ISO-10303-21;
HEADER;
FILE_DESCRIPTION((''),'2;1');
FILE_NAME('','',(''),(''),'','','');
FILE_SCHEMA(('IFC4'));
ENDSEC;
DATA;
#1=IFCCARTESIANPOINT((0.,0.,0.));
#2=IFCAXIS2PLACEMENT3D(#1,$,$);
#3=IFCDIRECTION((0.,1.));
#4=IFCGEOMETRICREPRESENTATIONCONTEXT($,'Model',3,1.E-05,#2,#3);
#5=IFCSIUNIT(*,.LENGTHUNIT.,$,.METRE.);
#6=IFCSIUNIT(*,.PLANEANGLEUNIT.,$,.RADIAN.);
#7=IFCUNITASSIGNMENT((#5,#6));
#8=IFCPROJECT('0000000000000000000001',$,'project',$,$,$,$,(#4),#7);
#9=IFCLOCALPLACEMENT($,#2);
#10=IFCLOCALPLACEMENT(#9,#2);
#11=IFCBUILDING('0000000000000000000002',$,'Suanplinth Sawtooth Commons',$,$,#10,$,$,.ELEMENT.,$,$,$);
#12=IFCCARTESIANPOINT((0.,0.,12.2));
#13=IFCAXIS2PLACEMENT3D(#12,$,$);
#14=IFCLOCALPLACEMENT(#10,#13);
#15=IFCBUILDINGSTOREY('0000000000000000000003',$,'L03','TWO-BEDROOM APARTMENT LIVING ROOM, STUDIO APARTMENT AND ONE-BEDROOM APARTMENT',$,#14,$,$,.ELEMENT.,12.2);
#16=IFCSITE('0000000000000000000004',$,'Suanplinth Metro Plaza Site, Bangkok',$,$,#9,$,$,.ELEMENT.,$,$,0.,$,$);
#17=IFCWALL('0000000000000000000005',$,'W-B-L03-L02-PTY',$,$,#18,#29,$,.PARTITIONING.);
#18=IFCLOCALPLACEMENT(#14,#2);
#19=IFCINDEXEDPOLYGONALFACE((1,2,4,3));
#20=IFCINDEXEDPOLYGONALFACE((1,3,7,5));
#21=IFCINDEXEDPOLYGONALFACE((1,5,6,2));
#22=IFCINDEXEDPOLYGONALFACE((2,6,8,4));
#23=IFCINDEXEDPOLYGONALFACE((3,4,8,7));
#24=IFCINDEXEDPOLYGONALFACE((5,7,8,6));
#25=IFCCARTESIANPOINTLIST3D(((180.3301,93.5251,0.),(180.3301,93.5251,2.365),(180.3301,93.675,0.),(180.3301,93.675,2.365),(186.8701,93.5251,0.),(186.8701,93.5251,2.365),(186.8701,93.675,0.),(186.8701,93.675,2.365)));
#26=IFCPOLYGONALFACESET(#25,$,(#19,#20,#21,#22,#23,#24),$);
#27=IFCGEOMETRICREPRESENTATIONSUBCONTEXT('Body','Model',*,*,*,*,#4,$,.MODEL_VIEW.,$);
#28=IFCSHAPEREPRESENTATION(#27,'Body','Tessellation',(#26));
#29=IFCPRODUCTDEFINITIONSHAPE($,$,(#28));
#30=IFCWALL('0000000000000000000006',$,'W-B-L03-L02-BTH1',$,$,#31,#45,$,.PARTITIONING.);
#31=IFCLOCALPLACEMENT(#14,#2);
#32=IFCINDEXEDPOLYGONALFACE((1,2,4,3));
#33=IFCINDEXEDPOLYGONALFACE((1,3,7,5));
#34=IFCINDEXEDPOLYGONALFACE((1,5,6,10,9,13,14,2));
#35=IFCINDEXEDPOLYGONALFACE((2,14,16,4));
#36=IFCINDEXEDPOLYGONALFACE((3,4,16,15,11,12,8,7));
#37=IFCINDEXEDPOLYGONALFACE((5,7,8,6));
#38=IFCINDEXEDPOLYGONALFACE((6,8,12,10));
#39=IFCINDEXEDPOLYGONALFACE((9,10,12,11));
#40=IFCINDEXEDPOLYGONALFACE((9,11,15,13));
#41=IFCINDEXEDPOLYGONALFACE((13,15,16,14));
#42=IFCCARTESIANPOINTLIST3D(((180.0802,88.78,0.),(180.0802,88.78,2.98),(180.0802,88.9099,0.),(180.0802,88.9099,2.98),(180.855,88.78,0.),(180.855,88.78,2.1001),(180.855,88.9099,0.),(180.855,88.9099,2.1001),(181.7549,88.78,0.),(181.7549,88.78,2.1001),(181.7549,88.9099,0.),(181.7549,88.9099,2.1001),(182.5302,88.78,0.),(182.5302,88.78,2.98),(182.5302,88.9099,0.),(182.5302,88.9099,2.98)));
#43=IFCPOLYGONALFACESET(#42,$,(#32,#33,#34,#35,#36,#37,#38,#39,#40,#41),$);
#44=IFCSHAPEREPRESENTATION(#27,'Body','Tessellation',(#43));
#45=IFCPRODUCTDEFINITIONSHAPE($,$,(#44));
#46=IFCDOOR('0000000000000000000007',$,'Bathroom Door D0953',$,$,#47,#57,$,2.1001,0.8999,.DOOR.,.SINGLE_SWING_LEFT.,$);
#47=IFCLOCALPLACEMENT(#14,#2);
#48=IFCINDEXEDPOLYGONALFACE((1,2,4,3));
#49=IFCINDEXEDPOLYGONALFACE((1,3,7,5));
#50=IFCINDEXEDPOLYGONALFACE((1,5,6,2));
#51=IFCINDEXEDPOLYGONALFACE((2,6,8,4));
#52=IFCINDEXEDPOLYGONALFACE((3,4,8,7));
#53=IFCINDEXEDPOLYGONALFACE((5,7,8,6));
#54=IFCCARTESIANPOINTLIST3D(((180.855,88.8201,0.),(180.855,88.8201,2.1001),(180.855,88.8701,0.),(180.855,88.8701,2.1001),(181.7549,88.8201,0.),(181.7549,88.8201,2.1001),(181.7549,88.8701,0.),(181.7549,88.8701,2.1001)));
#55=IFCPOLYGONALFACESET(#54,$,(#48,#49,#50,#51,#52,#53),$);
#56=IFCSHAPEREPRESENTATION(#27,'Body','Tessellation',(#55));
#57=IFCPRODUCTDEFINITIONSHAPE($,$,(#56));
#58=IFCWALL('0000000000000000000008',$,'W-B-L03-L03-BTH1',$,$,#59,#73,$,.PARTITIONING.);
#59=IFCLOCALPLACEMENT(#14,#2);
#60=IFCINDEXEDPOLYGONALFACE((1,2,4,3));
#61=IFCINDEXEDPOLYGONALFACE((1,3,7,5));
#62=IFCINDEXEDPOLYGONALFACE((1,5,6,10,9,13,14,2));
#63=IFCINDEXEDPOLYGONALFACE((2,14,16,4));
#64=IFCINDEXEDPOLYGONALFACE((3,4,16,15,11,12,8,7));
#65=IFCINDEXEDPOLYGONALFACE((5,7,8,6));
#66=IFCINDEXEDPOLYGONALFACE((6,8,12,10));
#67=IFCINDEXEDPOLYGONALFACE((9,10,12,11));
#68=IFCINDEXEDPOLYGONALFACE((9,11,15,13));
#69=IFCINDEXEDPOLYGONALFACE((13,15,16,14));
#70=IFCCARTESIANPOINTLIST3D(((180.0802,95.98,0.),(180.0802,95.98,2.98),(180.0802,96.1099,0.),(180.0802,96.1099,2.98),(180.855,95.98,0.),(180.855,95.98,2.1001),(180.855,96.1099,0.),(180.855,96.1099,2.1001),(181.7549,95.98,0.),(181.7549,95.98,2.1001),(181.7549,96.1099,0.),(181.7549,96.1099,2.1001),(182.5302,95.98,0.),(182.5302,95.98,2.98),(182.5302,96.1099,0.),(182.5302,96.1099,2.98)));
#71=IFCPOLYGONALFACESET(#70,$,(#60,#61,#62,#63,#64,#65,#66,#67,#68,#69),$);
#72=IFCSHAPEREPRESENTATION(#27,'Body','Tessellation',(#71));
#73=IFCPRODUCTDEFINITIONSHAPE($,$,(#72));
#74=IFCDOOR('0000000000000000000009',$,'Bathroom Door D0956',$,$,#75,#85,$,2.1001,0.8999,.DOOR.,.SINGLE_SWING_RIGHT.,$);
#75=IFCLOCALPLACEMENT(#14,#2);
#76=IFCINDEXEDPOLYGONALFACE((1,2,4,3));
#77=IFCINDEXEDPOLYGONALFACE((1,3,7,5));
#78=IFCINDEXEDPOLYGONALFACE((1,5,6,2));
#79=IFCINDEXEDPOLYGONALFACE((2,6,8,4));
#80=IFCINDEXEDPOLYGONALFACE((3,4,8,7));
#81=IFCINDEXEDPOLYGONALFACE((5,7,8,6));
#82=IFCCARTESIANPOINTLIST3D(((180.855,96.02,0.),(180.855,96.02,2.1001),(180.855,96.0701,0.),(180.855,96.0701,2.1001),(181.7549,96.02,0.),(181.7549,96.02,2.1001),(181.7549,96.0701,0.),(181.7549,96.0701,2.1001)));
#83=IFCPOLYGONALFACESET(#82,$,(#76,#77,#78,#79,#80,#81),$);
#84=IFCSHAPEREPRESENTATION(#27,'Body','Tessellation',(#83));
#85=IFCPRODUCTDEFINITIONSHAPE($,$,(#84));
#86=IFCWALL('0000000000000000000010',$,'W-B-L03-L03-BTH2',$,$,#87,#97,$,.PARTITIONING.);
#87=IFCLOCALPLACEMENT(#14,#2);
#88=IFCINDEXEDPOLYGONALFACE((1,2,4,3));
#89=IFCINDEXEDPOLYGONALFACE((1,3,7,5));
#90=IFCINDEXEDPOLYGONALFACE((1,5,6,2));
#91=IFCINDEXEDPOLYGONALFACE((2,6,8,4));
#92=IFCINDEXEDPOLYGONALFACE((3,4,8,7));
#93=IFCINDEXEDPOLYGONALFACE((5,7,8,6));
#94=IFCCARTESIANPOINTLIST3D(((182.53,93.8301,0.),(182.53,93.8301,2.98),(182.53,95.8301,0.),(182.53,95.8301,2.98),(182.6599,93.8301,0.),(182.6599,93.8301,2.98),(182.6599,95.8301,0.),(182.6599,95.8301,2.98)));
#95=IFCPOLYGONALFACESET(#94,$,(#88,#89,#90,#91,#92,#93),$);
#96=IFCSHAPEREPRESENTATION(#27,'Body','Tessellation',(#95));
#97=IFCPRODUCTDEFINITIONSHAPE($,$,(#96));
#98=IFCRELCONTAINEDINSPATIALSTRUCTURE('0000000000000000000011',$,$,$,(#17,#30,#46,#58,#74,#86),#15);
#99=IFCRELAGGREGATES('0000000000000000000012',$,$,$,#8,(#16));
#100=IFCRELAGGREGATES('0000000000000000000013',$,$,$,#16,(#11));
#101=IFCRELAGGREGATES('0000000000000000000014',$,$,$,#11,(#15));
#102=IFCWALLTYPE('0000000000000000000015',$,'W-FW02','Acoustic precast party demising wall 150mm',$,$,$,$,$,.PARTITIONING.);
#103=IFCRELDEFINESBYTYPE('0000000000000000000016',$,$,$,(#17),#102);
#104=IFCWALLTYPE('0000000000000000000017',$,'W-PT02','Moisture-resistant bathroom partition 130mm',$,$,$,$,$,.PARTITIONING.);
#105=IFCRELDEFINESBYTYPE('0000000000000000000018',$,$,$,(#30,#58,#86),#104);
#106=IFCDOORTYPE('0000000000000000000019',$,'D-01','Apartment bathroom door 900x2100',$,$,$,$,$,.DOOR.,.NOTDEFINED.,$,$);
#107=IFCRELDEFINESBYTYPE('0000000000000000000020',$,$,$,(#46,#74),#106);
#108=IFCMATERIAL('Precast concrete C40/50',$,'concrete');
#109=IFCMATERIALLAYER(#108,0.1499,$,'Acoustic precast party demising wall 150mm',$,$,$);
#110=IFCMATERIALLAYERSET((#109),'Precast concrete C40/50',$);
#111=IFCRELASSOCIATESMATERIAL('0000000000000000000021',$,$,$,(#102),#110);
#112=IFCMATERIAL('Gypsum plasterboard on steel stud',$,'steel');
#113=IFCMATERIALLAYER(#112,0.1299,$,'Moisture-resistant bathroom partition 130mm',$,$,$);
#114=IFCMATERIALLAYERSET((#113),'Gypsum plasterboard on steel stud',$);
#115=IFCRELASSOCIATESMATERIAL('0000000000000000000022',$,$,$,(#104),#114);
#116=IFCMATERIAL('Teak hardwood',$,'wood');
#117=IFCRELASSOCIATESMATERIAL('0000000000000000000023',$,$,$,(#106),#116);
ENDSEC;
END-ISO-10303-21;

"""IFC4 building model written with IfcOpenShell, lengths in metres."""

from ifc_helpers import new_model, si_unit, direction, frame, frame_2d, origin, place, context, subcontext, project, spatial, rectangle, extrude, material, layer, layer_set, type_object, element, fill, save


model = new_model("IFC4")

# Units and contexts
model_context = context("Model", 3, precision=1e-05, world=origin(), true_north=direction((0.0, 1.0)))
body_context = subcontext(model_context, "Body", "Model", "MODEL_VIEW")
ifc_project = project(units=[si_unit("LENGTHUNIT", "METRE"), si_unit("PLANEANGLEUNIT", "RADIAN")], contexts=[model_context])

# Site, building, storey
site_placement = place(None, origin())
site = spatial("IfcSite", under=ifc_project, at=site_placement, Name="Suanplinth Metro Plaza Site, Bangkok", CompositionType="ELEMENT", RefElevation=0.0)
building_placement = place(site_placement, origin())
building = spatial("IfcBuilding", under=site, at=building_placement, Name="Suanplinth Sawtooth Commons", CompositionType="ELEMENT")
storey_placement = place(building_placement, frame((0.0, 0.0, 12.2)))
storey = spatial("IfcBuildingStorey", under=building, at=storey_placement, Name="L03", Description="TWO-BEDROOM APARTMENT LIVING ROOM, STUDIO APARTMENT AND ONE-BEDROOM APARTMENT", CompositionType="ELEMENT", Elevation=12.2)

# Shared definitions
ifc_material_1 = material(Name="Precast concrete C40/50", Category="concrete")

# Wall
ifc_layer_1 = layer(ifc_material_1, 0.1499, Name="Acoustic precast party demising wall 150mm")
ifc_layer_set_1 = layer_set([ifc_layer_1], Name="Precast concrete C40/50")
wall_type_1 = type_object("IfcWallType", Name="W-FW02", Description="Acoustic precast party demising wall 150mm", PredefinedType="PARTITIONING", material=ifc_layer_set_1)
wall_1_placement = place(storey_placement, frame((180.3301, 93.6001, 0.0), z_axis=(0.0, 0.0, 1.0), x_axis=(1.0, 0.0, 0.0)))
element("IfcWall", 1, at=wall_1_placement, inside=storey, type_object=wall_type_1, Name="W-B-L03-L02-PTY", PredefinedType="PARTITIONING", context=body_context, shape_type="SweptSolid", body=[
    extrude(rectangle(XDim=6.54, YDim=0.1499, at=frame_2d((3.27, 0.0))), origin(), (0.0, 0.0, 1.0), 2.365),
])

# Walls, openings, doors
ifc_material_2 = material(Name="Gypsum plasterboard on steel stud", Category="steel")
ifc_layer_2 = layer(ifc_material_2, 0.1299, Name="Moisture-resistant bathroom partition 130mm")
ifc_layer_set_2 = layer_set([ifc_layer_2], Name="Gypsum plasterboard on steel stud")
wall_type_2 = type_object("IfcWallType", Name="W-PT02", Description="Moisture-resistant bathroom partition 130mm", PredefinedType="PARTITIONING", material=ifc_layer_set_2)
wall_2_placement = place(storey_placement, frame((180.0801, 88.845, 0.0), z_axis=(0.0, 0.0, 1.0), x_axis=(1.0, 0.0, 0.0)))
wall_2 = element("IfcWall", 2, at=wall_2_placement, inside=storey, type_object=wall_type_2, Name="W-B-L03-L02-BTH1", PredefinedType="PARTITIONING", context=body_context, shape_type="SweptSolid", body=[
    extrude(rectangle(XDim=2.45, YDim=0.1299, at=frame_2d((1.2251, 0.0))), origin(), (0.0, 0.0, 1.0), 2.98),
])
opening_1_placement = place(wall_2_placement, frame((0.7749, 0.0, 0.0)))
opening_1 = element("IfcOpeningElement", 3, at=opening_1_placement, cuts=wall_2, PredefinedType="OPENING", context=body_context, shape_type="SweptSolid", body=[
    extrude(rectangle(XDim=0.8999, YDim=2.1001, at=frame_2d((0.45, 1.05))), frame((0.0, 0.0798, 0.0), z_axis=(0.0, -1.0, 0.0), x_axis=(1.0, 0.0, 0.0)), (0.0, 0.0, 1.0), 0.1597),
])
ifc_material_3 = material(Name="Teak hardwood", Category="wood")
door_type_1 = type_object("IfcDoorType", Name="D-01", Description="Apartment bathroom door 900x2100", OperationType="NOTDEFINED", PredefinedType="DOOR", material=ifc_material_3)
door_1_placement = place(opening_1_placement, frame((0.8999, 0.0, 0.0), z_axis=(0.0, 0.0, 1.0), x_axis=(-1.0, 0.0, 0.0)))
door_1 = element("IfcDoor", 4, at=door_1_placement, inside=storey, type_object=door_type_1, Name="Bathroom Door D0953", OperationType="SINGLE_SWING_LEFT", OverallHeight=2.1001, OverallWidth=0.8999, PredefinedType="DOOR", context=body_context, shape_type="SweptSolid", body=[
    extrude(rectangle(XDim=0.8999, YDim=2.1001, at=frame_2d((0.45, 1.05))), frame((0.0, 0.0249, 0.0), z_axis=(0.0, -1.0, 0.0), x_axis=(1.0, 0.0, 0.0)), (0.0, 0.0, 1.0), 0.05),
])
fill(opening_1, door_1)
wall_3_placement = place(storey_placement, frame((180.0801, 96.0449, 0.0), z_axis=(0.0, 0.0, 1.0), x_axis=(1.0, 0.0, 0.0)))
wall_3 = element("IfcWall", 5, at=wall_3_placement, inside=storey, type_object=wall_type_2, Name="W-B-L03-L03-BTH1", PredefinedType="PARTITIONING", context=body_context, shape_type="SweptSolid", body=[
    extrude(rectangle(XDim=2.45, YDim=0.1299, at=frame_2d((1.2251, 0.0))), origin(), (0.0, 0.0, 1.0), 2.98),
])
opening_2_placement = place(wall_3_placement, frame((0.7749, 0.0, 0.0)))
opening_2 = element("IfcOpeningElement", 6, at=opening_2_placement, cuts=wall_3, PredefinedType="OPENING", context=body_context, shape_type="SweptSolid", body=[
    extrude(rectangle(XDim=0.8999, YDim=2.1001, at=frame_2d((0.45, 1.05))), frame((0.0, 0.0798, 0.0), z_axis=(0.0, -1.0, 0.0), x_axis=(1.0, 0.0, 0.0)), (0.0, 0.0, 1.0), 0.1597),
])
door_2_placement = place(opening_2_placement, frame((0.8999, 0.0, 0.0), z_axis=(0.0, 0.0, 1.0), x_axis=(-1.0, 0.0, 0.0)))
door_2 = element("IfcDoor", 7, at=door_2_placement, inside=storey, type_object=door_type_1, Name="Bathroom Door D0956", OperationType="SINGLE_SWING_RIGHT", OverallHeight=2.1001, OverallWidth=0.8999, PredefinedType="DOOR", context=body_context, shape_type="SweptSolid", body=[
    extrude(rectangle(XDim=0.8999, YDim=2.1001, at=frame_2d((0.45, 1.05))), frame((0.0, 0.0249, 0.0), z_axis=(0.0, -1.0, 0.0), x_axis=(1.0, 0.0, 0.0)), (0.0, 0.0, 1.0), 0.05),
])
fill(opening_2, door_2)

# Wall
wall_4_placement = place(storey_placement, frame((182.595, 93.8301, 0.0), z_axis=(0.0, 0.0, 1.0), x_axis=(0.0, 1.0, 0.0)))
element("IfcWall", 8, at=wall_4_placement, inside=storey, type_object=wall_type_2, Name="W-B-L03-L03-BTH2", PredefinedType="PARTITIONING", context=body_context, shape_type="SweptSolid", body=[
    extrude(rectangle(XDim=2.0, YDim=0.1299, at=frame_2d((1.0, 0.0))), origin(), (0.0, 0.0, 1.0), 2.98),
])

save(model, "model.ifc")
